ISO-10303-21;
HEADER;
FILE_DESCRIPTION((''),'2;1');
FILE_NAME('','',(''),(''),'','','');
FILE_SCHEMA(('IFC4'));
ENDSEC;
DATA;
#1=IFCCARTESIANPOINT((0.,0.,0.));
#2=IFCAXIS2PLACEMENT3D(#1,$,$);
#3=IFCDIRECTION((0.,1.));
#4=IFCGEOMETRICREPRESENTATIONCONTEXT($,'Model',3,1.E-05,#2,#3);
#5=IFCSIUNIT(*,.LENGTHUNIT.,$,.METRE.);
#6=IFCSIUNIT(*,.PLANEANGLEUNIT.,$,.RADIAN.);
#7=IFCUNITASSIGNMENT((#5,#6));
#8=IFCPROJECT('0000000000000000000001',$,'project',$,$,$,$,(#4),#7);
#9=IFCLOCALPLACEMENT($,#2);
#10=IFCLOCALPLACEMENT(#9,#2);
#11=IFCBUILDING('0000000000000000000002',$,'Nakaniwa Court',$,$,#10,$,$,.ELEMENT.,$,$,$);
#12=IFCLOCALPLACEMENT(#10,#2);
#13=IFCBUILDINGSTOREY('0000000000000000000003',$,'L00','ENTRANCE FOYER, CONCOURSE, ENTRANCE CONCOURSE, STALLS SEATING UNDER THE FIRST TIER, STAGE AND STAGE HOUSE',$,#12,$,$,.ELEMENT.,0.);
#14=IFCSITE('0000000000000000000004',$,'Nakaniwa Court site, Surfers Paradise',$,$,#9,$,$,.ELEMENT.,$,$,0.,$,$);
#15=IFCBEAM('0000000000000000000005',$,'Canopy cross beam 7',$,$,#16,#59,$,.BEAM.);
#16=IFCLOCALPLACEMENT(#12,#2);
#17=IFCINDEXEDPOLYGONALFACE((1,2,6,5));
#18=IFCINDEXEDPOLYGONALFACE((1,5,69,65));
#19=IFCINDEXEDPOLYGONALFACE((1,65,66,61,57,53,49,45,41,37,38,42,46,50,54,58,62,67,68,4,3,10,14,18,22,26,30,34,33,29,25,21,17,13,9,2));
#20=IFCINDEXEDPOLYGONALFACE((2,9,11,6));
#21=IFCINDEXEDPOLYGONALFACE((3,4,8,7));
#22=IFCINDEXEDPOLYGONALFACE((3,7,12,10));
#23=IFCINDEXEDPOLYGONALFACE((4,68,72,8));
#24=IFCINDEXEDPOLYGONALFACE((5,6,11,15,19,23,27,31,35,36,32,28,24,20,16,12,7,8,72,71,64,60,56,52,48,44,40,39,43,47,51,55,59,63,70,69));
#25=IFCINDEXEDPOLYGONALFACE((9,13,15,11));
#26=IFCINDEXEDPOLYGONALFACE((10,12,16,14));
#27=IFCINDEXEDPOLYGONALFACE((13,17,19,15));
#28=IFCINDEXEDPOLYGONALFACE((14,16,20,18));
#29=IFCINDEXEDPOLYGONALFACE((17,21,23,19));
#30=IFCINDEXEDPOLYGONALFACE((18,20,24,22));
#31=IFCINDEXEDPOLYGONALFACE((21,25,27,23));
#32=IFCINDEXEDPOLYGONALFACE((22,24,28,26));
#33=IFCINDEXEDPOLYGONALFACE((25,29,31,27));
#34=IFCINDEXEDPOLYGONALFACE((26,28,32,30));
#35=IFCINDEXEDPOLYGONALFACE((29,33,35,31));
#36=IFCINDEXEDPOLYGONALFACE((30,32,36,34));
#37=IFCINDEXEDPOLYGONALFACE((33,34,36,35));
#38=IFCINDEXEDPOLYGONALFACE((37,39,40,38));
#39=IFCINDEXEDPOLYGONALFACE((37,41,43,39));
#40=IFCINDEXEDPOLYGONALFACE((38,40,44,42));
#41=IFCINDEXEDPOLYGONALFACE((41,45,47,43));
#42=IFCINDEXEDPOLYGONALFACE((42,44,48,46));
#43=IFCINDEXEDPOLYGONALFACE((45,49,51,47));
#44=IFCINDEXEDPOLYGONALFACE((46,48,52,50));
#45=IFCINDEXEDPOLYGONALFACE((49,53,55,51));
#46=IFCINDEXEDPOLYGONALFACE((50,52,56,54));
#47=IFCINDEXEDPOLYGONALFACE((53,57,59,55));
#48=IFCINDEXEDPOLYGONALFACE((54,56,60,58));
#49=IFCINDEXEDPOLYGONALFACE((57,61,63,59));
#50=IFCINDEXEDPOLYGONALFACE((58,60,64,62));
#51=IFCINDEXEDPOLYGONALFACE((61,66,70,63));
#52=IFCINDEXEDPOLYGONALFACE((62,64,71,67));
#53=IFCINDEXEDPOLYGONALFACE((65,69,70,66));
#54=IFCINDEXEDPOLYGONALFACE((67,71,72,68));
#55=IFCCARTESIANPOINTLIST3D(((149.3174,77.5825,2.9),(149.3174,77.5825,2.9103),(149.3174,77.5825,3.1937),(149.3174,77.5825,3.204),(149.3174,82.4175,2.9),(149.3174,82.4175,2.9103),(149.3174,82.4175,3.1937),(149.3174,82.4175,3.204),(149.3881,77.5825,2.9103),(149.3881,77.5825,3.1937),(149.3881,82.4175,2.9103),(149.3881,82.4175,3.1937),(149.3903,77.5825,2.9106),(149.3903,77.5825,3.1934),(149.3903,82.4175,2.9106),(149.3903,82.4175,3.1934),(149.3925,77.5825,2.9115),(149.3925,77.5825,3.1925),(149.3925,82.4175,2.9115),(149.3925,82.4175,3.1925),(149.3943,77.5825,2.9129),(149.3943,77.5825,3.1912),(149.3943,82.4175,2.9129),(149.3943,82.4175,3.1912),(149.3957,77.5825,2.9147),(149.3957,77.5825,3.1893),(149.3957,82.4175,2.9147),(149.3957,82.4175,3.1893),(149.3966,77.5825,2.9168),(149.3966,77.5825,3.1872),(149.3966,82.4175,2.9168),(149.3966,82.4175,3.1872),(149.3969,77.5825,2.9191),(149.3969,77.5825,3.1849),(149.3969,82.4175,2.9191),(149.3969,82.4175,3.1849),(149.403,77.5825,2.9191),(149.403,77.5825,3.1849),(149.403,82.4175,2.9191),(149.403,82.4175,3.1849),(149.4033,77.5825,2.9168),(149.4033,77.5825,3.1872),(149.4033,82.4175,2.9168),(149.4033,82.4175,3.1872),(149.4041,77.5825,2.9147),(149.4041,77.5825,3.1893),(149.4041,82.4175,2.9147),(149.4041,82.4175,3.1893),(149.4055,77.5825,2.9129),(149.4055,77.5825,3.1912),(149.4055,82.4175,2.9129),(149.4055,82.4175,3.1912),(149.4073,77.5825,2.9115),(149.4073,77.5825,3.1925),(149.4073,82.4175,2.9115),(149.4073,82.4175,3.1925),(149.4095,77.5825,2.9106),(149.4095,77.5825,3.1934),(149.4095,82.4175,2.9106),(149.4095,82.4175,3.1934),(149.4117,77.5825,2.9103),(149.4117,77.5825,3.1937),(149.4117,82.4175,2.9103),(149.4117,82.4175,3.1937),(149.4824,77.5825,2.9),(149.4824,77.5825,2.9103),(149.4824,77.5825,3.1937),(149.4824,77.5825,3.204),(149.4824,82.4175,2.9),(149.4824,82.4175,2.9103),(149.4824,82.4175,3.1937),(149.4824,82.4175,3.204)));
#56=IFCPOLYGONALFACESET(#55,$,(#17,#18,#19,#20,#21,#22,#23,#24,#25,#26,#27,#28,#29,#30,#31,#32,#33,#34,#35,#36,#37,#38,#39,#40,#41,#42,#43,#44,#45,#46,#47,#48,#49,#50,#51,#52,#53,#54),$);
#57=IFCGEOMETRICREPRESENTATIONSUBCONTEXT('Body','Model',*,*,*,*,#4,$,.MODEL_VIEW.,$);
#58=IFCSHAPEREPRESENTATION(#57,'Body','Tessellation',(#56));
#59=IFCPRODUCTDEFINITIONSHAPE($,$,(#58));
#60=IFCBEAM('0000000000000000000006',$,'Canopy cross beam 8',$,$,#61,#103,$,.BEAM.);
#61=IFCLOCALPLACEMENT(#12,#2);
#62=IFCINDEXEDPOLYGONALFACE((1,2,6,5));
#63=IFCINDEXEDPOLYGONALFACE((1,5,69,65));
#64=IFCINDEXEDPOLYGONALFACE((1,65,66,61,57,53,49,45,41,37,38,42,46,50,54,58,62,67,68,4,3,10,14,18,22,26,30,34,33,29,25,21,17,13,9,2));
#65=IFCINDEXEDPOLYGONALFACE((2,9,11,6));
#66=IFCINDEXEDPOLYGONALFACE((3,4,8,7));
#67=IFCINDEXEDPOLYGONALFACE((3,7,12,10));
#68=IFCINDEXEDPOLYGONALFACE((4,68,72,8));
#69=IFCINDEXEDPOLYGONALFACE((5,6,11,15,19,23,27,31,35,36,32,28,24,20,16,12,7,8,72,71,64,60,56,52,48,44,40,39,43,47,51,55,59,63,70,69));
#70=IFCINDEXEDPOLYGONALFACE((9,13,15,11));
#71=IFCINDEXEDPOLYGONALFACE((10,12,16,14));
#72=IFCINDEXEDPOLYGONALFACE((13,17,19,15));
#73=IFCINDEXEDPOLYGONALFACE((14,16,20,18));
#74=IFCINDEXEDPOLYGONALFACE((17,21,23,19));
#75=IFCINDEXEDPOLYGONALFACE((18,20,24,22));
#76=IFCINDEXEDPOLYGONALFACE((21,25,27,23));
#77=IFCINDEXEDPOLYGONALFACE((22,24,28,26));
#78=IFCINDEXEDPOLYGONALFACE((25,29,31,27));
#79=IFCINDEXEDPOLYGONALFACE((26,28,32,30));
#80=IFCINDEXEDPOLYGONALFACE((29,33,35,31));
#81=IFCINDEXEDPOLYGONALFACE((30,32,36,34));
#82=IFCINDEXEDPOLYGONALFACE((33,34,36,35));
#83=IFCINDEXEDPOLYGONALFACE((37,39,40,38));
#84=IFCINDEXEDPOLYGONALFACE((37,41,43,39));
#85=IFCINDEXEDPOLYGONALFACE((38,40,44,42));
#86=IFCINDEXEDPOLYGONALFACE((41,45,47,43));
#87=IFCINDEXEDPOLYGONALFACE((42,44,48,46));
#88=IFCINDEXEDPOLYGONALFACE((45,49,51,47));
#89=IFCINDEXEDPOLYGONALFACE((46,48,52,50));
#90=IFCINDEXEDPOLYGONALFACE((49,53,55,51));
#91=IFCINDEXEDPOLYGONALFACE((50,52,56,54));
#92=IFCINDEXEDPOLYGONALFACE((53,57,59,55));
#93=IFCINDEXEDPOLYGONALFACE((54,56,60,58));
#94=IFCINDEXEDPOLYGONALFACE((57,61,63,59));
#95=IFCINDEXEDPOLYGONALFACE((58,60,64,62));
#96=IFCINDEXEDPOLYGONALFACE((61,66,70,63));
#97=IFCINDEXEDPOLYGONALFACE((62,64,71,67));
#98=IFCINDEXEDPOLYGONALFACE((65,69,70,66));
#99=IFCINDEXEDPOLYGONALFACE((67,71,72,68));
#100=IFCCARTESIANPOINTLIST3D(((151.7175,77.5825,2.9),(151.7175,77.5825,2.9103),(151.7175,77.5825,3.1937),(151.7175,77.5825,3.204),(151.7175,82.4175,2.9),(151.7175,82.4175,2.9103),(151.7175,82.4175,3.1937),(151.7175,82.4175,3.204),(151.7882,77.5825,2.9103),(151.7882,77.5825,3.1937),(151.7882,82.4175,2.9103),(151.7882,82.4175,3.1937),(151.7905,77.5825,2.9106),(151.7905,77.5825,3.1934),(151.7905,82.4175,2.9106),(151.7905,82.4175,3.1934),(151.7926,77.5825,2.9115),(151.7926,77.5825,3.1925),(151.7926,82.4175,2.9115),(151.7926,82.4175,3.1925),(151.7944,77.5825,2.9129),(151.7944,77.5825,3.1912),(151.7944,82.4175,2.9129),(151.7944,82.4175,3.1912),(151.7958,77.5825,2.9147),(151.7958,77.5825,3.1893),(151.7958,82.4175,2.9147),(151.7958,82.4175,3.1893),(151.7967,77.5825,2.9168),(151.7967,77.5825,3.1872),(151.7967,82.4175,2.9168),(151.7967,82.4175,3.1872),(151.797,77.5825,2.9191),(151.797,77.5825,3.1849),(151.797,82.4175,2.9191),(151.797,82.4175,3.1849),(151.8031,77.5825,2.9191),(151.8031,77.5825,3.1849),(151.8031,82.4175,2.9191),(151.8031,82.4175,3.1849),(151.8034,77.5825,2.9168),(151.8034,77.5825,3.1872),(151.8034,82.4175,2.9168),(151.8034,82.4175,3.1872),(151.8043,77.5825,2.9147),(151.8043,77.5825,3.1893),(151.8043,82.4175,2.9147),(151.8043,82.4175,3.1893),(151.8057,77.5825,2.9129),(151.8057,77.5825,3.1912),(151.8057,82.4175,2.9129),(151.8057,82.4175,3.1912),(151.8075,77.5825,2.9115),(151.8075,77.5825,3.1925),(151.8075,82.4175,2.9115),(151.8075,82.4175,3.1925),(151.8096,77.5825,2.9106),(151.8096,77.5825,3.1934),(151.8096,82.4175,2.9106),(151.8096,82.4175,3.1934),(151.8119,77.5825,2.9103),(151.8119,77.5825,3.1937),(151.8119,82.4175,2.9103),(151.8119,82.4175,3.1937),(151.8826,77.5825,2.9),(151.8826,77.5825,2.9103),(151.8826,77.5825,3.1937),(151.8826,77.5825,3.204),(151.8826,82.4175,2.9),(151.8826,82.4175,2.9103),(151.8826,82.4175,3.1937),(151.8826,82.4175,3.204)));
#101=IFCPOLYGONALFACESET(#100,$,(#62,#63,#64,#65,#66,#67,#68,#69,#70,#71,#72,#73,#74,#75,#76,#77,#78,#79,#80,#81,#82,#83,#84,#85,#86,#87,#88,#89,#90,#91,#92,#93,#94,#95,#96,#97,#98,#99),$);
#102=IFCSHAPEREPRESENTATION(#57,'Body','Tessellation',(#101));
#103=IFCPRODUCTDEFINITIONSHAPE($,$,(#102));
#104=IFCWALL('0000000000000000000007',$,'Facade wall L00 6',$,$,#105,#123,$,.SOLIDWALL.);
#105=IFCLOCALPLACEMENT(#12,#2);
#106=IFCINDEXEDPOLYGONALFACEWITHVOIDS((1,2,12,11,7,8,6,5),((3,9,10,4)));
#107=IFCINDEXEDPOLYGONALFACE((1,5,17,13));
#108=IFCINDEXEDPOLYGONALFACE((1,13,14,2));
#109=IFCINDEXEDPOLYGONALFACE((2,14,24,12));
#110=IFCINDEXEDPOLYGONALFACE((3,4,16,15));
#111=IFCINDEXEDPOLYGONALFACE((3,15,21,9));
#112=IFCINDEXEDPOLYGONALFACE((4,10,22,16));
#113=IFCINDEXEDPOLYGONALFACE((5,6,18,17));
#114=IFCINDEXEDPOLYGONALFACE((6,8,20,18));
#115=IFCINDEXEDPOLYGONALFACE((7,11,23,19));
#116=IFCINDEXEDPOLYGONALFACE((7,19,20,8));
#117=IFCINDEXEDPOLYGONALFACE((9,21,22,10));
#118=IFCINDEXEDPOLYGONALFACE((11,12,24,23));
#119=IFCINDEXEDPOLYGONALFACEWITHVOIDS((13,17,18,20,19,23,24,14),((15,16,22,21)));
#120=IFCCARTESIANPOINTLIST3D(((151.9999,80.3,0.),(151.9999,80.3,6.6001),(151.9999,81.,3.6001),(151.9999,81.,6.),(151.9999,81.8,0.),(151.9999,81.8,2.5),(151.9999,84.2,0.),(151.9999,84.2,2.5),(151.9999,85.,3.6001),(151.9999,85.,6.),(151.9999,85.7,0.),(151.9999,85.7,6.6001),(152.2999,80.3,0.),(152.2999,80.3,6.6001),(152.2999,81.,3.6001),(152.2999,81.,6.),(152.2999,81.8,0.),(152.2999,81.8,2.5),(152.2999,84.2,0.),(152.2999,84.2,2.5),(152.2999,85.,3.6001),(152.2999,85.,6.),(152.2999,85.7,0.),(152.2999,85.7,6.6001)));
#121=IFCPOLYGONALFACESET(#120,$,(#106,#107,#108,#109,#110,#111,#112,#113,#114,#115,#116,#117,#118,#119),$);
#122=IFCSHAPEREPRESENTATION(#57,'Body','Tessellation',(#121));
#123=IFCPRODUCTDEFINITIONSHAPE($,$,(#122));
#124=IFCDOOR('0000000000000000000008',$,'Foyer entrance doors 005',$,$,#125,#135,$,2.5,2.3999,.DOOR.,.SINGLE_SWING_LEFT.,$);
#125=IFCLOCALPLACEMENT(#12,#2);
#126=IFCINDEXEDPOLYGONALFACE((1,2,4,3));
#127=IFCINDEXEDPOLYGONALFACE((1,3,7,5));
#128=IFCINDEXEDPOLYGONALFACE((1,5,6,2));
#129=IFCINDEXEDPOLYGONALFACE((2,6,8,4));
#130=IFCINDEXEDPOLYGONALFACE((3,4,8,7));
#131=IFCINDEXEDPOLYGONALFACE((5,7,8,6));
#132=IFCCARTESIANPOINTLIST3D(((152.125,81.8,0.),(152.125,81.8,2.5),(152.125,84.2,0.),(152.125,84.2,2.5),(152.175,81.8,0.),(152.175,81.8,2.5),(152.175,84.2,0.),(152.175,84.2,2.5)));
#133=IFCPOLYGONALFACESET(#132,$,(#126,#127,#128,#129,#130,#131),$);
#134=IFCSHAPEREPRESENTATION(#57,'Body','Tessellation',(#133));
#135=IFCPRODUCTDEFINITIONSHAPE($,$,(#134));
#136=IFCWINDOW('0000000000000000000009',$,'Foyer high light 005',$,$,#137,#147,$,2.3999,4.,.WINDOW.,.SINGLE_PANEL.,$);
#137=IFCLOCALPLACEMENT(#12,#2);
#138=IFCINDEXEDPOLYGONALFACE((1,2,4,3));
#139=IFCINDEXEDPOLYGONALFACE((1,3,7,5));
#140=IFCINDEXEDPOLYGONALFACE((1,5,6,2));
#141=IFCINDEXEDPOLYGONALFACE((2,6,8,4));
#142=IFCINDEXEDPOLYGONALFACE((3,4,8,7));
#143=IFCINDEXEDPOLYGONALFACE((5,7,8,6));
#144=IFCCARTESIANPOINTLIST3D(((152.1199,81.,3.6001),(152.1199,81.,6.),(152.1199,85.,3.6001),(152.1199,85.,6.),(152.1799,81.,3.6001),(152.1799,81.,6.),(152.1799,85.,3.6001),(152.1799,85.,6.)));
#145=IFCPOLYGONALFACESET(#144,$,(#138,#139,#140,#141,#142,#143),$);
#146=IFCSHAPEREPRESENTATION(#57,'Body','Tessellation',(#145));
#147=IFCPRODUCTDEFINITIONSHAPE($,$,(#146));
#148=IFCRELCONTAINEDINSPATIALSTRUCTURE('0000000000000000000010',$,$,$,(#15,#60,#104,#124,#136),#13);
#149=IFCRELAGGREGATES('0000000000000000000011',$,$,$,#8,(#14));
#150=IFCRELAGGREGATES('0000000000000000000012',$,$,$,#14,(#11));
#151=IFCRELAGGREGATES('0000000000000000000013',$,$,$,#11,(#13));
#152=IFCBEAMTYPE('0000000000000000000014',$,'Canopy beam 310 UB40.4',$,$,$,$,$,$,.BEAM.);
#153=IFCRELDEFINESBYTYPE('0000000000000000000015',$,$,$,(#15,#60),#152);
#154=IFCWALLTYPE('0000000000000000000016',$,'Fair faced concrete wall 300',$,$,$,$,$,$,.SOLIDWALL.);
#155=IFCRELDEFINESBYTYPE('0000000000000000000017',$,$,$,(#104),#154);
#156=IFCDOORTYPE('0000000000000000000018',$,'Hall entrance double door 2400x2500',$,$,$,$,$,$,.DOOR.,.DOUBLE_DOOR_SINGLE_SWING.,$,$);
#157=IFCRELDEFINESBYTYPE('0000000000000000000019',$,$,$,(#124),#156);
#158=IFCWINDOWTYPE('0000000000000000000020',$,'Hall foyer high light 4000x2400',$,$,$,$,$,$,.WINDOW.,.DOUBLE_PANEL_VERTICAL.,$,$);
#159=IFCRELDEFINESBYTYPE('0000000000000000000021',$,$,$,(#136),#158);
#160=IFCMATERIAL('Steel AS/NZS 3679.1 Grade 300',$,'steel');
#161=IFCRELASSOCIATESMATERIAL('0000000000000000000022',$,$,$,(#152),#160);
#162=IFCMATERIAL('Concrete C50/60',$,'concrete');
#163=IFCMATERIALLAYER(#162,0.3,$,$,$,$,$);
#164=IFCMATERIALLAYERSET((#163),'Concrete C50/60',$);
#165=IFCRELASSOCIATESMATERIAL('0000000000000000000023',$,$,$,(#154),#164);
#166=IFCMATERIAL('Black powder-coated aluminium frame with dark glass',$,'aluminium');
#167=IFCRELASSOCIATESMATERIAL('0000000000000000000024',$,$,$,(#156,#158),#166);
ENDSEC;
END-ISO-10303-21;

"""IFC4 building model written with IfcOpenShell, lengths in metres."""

from ifc_helpers import new_model, si_unit, direction, frame, frame_2d, origin, origin_2d, place, context, subcontext, project, spatial, rectangle, i_section, extrude, material, layer, layer_set, material_profile, profile_set, type_object, element, fill, save


model = new_model("IFC4")

# Units and contexts
model_context = context("Model", 3, precision=1e-05, world=origin(), true_north=direction((0.0, 1.0)))
body_context = subcontext(model_context, "Body", "Model", "MODEL_VIEW")
ifc_project = project(units=[si_unit("LENGTHUNIT", "METRE"), si_unit("PLANEANGLEUNIT", "RADIAN")], contexts=[model_context])

# Site, building, storey
site_placement = place(None, origin())
site = spatial("IfcSite", under=ifc_project, at=site_placement, Name="Nakaniwa Court site, Surfers Paradise", CompositionType="ELEMENT", RefElevation=0.0)
building_placement = place(site_placement, origin())
building = spatial("IfcBuilding", under=site, at=building_placement, Name="Nakaniwa Court", CompositionType="ELEMENT")
storey_placement = place(building_placement, origin())
storey = spatial("IfcBuildingStorey", under=building, at=storey_placement, Name="L00", Description="ENTRANCE FOYER, CONCOURSE, ENTRANCE CONCOURSE, STALLS SEATING UNDER THE FIRST TIER, STAGE AND STAGE HOUSE", CompositionType="ELEMENT", Elevation=0.0)

# Shared definitions
ifc_material_1 = material(Name="Concrete C50/60", Category="concrete")

# Beams
ifc_material_2 = material(Name="Steel AS/NZS 3679.1 Grade 300", Category="steel")
ifc_material_profile_1 = material_profile(ifc_material_2, i_section(OverallWidth=0.165, OverallDepth=0.304, WebThickness=0.0061, FlangeThickness=0.0103, FilletRadius=0.0088, at=origin_2d()), Name="310UB40.4")
ifc_profile_set_1 = profile_set([ifc_material_profile_1], Name="Steel AS/NZS 3679.1 Grade 300")
beam_type = type_object("IfcBeamType", Name="Canopy beam 310 UB40.4", PredefinedType="BEAM", material=ifc_profile_set_1)
for number, where, z_axis, x_axis, name in (
    (1, (149.3999, 77.5825, 3.052), (0.0, 1.0, 0.0), (-1.0, 0.0, 0.0), "Canopy cross beam 7"),
    (2, (151.8, 77.5825, 3.052), (0.0, 1.0, 0.0), (-1.0, 0.0, 0.0), "Canopy cross beam 8"),
):
    element("IfcBeam", number, at=place(storey_placement, frame(where, z_axis=z_axis, x_axis=x_axis)), inside=storey, type_object=beam_type, Name=name, PredefinedType="BEAM", context=body_context, shape_type="SweptSolid", body=[
        extrude(i_section(OverallWidth=0.165, OverallDepth=0.304, WebThickness=0.0061, FlangeThickness=0.0103, FilletRadius=0.0088, at=origin_2d()), origin(), (0.0, 0.0, 1.0), 4.835),
    ])

# Wall, openings, door, window
ifc_layer = layer(ifc_material_1, 0.3)
ifc_layer_set = layer_set([ifc_layer], Name="Concrete C50/60")
wall_type = type_object("IfcWallType", Name="Fair faced concrete wall 300", PredefinedType="SOLIDWALL", material=ifc_layer_set)
wall_placement = place(storey_placement, frame((152.1499, 80.3, 0.0), z_axis=(0.0, 0.0, 1.0), x_axis=(0.0, 1.0, 0.0)))
wall = element("IfcWall", 3, at=wall_placement, inside=storey, type_object=wall_type, Name="Facade wall L00 6", PredefinedType="SOLIDWALL", context=body_context, shape_type="SweptSolid", body=[
    extrude(rectangle(XDim=5.3999, YDim=0.3, at=frame_2d((2.7, 0.0))), origin(), (0.0, 0.0, 1.0), 6.6001),
])
opening_1_placement = place(wall_placement, frame((1.5, 0.0, 0.0)))
opening_1 = element("IfcOpeningElement", 4, at=opening_1_placement, cuts=wall, PredefinedType="OPENING", context=body_context, shape_type="SweptSolid", body=[
    extrude(rectangle(XDim=2.3999, YDim=2.5, at=frame_2d((1.2, 1.25))), frame((0.0, 0.1599, 0.0), z_axis=(0.0, -1.0, 0.0), x_axis=(1.0, 0.0, 0.0)), (0.0, 0.0, 1.0), 0.3201),
])
opening_2_placement = place(wall_placement, frame((0.7, 0.0, 3.6001)))
opening_2 = element("IfcOpeningElement", 5, at=opening_2_placement, cuts=wall, PredefinedType="OPENING", context=body_context, shape_type="SweptSolid", body=[
    extrude(rectangle(XDim=4.0, YDim=2.3999, at=frame_2d((2.0, 1.2))), frame((0.0, 0.1599, 0.0), z_axis=(0.0, -1.0, 0.0), x_axis=(1.0, 0.0, 0.0)), (0.0, 0.0, 1.0), 0.3201),
])
ifc_material_3 = material(Name="Black powder-coated aluminium frame with dark glass", Category="aluminium")
door_type = type_object("IfcDoorType", Name="Hall entrance double door 2400x2500", OperationType="DOUBLE_DOOR_SINGLE_SWING", PredefinedType="DOOR", material=ifc_material_3)
door_placement = place(opening_1_placement, origin())
door = element("IfcDoor", 6, at=door_placement, inside=storey, type_object=door_type, Name="Foyer entrance doors 005", OperationType="SINGLE_SWING_LEFT", OverallHeight=2.5, OverallWidth=2.3999, PredefinedType="DOOR", context=body_context, shape_type="SweptSolid", body=[
    extrude(rectangle(XDim=2.3999, YDim=2.5, at=frame_2d((1.2, 1.25))), frame((0.0, 0.0249, 0.0), z_axis=(0.0, -1.0, 0.0), x_axis=(1.0, 0.0, 0.0)), (0.0, 0.0, 1.0), 0.05),
])
fill(opening_1, door)
window_type = type_object("IfcWindowType", Name="Hall foyer high light 4000x2400", PartitioningType="DOUBLE_PANEL_VERTICAL", PredefinedType="WINDOW", material=ifc_material_3)
window_placement = place(opening_2_placement, origin())
window = element("IfcWindow", 7, at=window_placement, inside=storey, type_object=window_type, Name="Foyer high light 005", OverallHeight=2.3999, OverallWidth=4.0, PartitioningType="SINGLE_PANEL", PredefinedType="WINDOW", context=body_context, shape_type="SweptSolid", body=[
    extrude(rectangle(XDim=4.0, YDim=2.3999, at=frame_2d((2.0, 1.2))), frame((0.0, 0.03, 0.0), z_axis=(0.0, -1.0, 0.0), x_axis=(1.0, 0.0, 0.0)), (0.0, 0.0, 1.0), 0.0601),
])
fill(opening_2, window)

save(model, "model.ifc")
